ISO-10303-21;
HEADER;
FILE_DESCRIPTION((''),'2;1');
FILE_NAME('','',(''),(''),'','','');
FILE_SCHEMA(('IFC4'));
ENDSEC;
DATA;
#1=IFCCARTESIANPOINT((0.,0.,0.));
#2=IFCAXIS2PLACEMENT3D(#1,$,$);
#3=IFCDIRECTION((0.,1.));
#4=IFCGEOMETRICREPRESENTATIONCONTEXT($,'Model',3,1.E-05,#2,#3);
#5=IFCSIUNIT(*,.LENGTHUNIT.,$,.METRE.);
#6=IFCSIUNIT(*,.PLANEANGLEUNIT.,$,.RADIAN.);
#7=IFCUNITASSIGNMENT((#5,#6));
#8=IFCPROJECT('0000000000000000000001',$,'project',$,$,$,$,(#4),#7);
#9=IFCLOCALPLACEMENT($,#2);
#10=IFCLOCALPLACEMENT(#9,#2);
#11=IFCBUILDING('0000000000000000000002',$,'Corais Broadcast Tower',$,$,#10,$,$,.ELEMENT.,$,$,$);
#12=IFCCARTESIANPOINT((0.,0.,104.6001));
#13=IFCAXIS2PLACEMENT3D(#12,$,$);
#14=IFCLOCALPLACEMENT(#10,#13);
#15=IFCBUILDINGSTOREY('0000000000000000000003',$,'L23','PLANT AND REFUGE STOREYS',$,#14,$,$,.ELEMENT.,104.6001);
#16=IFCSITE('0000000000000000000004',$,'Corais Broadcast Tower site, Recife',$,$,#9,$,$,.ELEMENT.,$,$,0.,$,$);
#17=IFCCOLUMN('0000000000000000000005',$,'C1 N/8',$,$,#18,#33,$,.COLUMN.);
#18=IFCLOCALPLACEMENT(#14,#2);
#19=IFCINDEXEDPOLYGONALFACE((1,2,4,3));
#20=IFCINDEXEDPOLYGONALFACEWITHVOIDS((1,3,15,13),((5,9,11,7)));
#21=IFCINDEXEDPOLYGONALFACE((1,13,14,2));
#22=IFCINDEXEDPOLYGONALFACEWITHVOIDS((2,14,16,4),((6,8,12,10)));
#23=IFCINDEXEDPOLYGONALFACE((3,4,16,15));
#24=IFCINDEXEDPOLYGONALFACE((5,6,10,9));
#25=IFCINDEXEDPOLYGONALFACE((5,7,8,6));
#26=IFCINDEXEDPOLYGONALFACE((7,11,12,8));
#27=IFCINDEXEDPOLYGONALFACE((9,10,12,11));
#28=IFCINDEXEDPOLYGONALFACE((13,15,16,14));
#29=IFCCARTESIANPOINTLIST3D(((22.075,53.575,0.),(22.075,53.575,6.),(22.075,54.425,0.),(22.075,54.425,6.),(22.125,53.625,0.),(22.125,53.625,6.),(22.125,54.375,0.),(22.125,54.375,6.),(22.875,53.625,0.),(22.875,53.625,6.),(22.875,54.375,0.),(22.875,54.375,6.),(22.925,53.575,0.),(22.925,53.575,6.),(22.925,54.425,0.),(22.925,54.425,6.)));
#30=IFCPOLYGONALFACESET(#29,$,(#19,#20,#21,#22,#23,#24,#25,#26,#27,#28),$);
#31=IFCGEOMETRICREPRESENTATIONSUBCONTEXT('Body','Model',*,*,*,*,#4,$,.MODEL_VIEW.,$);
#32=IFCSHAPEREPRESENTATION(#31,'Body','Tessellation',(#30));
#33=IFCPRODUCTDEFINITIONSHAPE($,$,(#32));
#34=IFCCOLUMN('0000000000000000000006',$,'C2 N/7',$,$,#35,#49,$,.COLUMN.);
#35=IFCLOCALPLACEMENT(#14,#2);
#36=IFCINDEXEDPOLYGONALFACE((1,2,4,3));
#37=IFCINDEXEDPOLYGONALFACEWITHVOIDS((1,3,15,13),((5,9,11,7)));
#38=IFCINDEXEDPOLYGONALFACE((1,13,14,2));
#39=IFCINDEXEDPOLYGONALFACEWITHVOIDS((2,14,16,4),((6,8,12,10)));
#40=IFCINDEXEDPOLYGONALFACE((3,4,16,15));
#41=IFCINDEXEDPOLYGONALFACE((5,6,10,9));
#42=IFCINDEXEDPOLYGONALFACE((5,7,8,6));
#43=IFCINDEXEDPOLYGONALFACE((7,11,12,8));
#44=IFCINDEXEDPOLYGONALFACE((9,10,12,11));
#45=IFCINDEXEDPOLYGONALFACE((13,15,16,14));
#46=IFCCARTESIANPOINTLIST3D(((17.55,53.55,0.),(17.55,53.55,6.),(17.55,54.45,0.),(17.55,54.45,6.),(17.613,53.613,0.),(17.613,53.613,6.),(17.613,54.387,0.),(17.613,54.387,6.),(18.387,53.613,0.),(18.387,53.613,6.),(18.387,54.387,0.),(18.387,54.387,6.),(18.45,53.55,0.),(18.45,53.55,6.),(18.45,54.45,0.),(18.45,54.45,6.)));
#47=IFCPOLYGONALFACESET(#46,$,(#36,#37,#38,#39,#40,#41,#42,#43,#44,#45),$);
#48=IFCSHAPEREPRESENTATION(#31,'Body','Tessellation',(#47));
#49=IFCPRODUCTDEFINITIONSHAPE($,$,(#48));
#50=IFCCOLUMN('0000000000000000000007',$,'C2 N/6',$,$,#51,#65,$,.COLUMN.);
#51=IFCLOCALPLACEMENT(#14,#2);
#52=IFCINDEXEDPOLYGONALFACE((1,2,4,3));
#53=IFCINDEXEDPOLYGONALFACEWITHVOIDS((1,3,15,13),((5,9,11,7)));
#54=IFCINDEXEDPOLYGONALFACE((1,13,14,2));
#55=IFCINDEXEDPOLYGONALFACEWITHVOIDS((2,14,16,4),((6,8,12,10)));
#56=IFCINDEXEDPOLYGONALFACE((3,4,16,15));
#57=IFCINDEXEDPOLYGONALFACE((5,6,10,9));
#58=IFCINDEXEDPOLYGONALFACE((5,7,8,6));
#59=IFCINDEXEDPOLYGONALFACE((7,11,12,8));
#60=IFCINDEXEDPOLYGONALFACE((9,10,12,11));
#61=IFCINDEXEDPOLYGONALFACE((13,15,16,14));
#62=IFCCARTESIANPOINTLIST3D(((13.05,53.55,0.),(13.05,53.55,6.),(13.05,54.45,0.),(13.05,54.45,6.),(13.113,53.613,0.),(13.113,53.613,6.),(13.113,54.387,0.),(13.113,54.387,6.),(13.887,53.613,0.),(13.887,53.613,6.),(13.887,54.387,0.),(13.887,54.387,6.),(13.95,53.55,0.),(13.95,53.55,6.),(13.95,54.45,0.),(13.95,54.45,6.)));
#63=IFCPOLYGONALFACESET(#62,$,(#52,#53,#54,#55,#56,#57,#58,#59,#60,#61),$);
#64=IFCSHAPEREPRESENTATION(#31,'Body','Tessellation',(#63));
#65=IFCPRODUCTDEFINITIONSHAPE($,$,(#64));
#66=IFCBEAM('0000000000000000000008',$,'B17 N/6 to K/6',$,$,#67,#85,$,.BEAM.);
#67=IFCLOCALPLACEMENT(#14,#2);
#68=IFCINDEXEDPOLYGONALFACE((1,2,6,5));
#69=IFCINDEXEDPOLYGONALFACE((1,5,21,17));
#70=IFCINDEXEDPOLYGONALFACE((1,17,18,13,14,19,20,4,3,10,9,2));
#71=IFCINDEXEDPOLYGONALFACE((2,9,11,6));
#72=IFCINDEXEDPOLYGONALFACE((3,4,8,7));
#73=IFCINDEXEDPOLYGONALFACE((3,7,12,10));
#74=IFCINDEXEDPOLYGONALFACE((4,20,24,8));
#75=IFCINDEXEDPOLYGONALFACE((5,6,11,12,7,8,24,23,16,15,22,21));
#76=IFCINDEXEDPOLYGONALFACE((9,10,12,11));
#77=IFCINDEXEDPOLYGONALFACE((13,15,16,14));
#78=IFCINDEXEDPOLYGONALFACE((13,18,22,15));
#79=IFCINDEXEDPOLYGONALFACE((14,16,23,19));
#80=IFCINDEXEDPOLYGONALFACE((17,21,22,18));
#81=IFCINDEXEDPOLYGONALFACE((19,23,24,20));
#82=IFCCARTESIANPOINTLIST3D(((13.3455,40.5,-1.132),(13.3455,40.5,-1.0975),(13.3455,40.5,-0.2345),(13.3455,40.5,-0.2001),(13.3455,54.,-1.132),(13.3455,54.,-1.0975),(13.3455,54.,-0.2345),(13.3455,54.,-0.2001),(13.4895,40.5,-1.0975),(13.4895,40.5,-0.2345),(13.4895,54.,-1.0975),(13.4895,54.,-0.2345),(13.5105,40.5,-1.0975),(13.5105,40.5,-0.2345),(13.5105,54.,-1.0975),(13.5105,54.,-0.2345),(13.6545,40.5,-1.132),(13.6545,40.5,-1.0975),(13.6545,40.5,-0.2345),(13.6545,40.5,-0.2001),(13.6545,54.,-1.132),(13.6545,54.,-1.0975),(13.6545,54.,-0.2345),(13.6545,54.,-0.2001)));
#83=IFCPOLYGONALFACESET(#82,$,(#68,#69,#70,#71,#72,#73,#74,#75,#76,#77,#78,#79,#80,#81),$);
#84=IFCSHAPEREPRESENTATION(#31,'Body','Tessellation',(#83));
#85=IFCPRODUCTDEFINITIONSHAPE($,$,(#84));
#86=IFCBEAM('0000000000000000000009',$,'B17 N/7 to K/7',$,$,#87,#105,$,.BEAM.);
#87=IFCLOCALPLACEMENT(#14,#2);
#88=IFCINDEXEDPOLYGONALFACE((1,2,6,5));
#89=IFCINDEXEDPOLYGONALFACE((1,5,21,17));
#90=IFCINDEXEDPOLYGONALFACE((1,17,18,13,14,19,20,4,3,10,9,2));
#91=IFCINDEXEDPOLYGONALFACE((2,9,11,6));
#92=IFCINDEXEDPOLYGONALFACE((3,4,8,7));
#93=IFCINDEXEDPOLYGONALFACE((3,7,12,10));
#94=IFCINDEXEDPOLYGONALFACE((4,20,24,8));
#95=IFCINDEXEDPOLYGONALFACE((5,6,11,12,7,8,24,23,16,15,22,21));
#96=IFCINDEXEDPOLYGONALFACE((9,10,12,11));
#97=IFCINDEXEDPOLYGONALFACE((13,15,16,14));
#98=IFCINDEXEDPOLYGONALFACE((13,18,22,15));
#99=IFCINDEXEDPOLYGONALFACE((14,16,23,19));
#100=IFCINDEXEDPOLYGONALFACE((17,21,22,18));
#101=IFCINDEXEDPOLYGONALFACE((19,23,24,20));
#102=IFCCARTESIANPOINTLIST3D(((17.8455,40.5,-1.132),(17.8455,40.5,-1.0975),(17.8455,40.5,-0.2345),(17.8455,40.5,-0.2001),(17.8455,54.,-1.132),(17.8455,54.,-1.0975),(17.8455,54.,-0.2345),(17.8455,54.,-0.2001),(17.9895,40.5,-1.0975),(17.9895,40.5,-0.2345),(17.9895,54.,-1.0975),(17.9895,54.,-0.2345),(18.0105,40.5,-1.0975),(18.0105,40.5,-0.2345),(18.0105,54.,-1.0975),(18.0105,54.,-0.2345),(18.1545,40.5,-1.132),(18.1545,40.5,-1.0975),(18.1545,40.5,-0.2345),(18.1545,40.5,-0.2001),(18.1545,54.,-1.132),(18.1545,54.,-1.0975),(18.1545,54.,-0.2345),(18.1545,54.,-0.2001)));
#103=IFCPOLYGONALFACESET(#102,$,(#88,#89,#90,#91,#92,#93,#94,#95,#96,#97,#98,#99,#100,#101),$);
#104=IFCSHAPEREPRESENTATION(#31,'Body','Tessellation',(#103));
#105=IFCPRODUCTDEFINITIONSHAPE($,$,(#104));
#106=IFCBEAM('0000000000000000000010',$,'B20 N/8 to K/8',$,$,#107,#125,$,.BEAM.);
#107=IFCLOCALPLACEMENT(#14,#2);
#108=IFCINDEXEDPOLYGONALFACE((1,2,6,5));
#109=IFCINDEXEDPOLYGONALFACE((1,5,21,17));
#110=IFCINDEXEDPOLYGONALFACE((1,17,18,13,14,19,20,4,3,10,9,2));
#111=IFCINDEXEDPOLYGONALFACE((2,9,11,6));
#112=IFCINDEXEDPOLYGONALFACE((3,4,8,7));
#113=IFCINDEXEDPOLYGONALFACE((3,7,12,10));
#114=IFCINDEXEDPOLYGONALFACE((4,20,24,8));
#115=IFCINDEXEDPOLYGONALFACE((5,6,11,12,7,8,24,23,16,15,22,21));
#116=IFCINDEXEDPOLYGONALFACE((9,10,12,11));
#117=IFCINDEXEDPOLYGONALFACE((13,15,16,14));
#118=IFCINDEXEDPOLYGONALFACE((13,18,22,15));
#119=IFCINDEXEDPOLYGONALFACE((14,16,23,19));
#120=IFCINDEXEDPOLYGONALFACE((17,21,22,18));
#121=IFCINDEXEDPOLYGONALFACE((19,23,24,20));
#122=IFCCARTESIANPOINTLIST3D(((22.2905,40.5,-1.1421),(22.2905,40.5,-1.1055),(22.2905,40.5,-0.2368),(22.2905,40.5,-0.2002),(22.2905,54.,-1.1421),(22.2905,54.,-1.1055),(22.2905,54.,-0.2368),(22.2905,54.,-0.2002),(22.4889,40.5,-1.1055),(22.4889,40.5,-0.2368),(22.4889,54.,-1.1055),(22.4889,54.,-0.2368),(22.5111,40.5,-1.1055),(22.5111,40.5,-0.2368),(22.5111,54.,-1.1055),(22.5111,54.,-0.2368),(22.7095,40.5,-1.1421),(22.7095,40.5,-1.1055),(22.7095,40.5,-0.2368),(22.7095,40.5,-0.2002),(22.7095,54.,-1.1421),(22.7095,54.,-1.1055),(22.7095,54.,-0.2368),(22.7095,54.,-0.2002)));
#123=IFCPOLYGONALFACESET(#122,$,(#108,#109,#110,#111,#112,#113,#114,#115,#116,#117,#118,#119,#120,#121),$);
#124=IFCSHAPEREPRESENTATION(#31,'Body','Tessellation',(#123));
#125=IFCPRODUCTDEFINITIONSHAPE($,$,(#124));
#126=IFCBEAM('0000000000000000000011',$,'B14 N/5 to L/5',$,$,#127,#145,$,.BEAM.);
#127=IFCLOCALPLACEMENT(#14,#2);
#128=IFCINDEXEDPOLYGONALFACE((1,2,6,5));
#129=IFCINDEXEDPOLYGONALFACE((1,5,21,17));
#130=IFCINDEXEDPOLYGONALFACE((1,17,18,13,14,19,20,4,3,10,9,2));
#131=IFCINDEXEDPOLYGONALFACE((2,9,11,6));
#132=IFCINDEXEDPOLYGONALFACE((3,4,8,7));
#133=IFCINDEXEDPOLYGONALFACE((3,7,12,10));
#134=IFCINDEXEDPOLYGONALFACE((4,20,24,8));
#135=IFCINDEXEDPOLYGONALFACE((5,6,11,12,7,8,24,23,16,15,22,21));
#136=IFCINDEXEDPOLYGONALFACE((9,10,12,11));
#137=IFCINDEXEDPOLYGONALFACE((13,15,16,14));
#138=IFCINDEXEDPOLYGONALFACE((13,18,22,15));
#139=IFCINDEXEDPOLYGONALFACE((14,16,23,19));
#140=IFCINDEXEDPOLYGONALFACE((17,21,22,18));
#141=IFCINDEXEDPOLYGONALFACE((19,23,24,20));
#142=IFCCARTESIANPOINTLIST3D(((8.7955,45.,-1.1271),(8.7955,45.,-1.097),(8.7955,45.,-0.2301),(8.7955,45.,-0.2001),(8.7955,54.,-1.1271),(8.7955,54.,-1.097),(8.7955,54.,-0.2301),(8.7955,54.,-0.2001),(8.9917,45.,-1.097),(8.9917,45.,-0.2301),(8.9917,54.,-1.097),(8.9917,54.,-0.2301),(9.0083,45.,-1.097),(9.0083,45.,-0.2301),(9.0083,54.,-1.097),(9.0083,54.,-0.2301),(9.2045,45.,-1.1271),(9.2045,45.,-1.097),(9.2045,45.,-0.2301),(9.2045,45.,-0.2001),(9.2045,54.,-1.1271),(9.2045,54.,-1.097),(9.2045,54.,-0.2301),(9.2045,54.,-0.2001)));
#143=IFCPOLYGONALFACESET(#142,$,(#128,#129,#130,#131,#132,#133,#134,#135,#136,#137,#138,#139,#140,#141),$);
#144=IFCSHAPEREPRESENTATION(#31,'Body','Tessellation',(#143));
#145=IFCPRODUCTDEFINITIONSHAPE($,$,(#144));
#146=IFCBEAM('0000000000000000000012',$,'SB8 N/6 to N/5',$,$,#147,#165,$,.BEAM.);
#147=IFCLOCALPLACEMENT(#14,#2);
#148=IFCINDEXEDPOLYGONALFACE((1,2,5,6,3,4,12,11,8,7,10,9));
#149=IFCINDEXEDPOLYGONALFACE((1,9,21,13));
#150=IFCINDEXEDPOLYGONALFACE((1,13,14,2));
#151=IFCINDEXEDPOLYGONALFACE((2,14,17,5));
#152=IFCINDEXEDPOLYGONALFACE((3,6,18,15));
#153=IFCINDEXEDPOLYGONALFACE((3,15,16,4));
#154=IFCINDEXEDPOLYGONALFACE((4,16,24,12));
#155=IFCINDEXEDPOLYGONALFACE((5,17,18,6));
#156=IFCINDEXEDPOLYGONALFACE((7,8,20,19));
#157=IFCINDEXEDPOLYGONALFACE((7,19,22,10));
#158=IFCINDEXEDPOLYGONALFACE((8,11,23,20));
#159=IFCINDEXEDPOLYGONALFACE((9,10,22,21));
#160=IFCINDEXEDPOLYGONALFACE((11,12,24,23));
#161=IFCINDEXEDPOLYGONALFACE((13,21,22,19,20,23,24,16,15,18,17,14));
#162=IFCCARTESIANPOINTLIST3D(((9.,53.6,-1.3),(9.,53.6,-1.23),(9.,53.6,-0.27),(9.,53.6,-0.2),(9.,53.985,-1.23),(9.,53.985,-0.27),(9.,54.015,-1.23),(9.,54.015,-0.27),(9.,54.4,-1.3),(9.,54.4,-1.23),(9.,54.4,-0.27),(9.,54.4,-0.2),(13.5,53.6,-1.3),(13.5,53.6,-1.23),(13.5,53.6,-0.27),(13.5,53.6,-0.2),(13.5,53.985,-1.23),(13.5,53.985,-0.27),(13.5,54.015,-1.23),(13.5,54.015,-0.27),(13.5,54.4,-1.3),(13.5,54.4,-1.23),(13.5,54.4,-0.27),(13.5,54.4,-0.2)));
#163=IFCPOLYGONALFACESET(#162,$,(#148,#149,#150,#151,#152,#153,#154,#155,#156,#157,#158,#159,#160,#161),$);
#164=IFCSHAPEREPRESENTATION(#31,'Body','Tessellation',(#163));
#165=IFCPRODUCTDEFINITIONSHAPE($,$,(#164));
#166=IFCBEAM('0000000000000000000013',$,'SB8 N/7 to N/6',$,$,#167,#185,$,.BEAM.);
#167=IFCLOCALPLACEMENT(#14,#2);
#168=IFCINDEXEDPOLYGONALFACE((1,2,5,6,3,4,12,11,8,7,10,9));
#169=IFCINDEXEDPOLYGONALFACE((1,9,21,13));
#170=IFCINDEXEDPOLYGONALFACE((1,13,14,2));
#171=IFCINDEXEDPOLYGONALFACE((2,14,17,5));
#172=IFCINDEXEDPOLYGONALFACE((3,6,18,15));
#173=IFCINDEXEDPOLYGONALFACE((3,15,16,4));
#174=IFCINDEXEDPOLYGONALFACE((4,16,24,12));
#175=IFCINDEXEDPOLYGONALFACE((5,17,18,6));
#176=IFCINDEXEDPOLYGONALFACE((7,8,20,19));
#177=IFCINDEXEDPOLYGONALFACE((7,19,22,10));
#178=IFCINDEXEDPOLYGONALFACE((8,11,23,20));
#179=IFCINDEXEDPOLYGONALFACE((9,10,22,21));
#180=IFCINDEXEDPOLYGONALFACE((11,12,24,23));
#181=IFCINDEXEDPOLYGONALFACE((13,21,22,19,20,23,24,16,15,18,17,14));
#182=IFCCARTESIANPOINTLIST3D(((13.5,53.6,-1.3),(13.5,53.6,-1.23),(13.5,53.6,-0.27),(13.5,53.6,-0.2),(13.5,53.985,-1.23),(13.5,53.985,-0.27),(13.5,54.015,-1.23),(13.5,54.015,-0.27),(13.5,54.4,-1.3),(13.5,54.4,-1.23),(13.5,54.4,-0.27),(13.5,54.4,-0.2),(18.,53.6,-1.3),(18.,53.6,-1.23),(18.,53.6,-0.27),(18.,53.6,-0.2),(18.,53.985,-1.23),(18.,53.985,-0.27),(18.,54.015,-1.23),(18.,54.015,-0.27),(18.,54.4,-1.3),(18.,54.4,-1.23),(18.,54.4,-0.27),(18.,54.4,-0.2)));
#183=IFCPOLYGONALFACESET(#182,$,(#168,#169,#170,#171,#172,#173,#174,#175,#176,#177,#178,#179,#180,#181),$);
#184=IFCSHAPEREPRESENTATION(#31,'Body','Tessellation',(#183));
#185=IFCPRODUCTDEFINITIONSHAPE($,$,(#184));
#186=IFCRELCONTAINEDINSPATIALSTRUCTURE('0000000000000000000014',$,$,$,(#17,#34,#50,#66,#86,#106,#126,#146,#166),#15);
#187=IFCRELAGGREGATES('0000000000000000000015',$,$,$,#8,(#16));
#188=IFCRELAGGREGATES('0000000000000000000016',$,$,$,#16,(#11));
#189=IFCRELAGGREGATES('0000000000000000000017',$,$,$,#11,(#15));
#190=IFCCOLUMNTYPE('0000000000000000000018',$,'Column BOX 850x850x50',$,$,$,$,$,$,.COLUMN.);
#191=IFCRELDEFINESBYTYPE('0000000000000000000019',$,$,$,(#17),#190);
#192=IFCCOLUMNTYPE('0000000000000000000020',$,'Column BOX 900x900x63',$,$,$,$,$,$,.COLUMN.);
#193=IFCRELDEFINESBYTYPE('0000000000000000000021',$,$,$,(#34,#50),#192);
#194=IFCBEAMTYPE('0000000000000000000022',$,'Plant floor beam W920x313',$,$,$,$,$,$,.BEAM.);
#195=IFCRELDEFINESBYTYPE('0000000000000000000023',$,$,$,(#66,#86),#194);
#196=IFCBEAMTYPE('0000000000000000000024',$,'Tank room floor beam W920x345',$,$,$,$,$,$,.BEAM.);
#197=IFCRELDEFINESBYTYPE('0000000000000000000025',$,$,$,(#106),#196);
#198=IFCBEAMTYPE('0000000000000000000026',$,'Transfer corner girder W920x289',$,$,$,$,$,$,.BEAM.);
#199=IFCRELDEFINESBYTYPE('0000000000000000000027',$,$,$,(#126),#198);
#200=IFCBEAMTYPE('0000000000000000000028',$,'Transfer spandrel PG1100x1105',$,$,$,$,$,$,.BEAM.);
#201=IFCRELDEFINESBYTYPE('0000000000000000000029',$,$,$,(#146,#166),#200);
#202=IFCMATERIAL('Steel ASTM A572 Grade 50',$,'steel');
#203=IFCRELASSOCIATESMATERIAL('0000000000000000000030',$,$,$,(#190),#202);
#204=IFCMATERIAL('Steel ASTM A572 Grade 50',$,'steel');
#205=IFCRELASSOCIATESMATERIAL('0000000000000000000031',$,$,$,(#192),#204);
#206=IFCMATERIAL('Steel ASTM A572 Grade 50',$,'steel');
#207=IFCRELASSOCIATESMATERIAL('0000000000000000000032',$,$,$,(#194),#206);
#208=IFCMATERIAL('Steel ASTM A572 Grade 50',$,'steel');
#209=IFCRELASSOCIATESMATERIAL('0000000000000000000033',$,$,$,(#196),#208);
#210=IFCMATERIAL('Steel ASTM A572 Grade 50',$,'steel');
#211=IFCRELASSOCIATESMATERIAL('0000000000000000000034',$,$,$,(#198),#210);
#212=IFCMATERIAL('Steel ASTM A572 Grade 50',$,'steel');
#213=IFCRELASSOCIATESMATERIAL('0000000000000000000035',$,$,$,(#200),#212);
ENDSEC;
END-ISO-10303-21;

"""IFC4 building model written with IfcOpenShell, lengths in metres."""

from ifc_helpers import new_model, si_unit, direction, frame, origin, origin_2d, place, context, subcontext, project, spatial, hollow_rectangle, i_section, extrude, material, material_profile, profile_set, type_object, element, save


model = new_model("IFC4")

# Units and contexts
model_context = context("Model", 3, precision=1e-05, world=origin(), true_north=direction((0.0, 1.0)))
body_context = subcontext(model_context, "Body", "Model", "MODEL_VIEW")
ifc_project = project(units=[si_unit("LENGTHUNIT", "METRE"), si_unit("PLANEANGLEUNIT", "RADIAN")], contexts=[model_context])

# Site, building, storey
site_placement = place(None, origin())
site = spatial("IfcSite", under=ifc_project, at=site_placement, Name="Corais Broadcast Tower site, Recife", CompositionType="ELEMENT", RefElevation=0.0)
building_placement = place(site_placement, origin())
building = spatial("IfcBuilding", under=site, at=building_placement, Name="Corais Broadcast Tower", CompositionType="ELEMENT")
storey_placement = place(building_placement, frame((0.0, 0.0, 104.6001)))
storey = spatial("IfcBuildingStorey", under=building, at=storey_placement, Name="L23", Description="PLANT AND REFUGE STOREYS", CompositionType="ELEMENT", Elevation=104.6001)

# Columns
ifc_material_1 = material(Name="Steel ASTM A572 Grade 50", Category="steel")
ifc_material_profile_1 = material_profile(ifc_material_1, hollow_rectangle(XDim=0.8501, YDim=0.8501, WallThickness=0.05, at=origin_2d()), Name="BOX 850x850x50")
ifc_profile_set_1 = profile_set([ifc_material_profile_1], Name="Steel ASTM A572 Grade 50")
column_type_1 = type_object("IfcColumnType", Name="Column BOX 850x850x50", PredefinedType="COLUMN", material=ifc_profile_set_1)
column_placement = place(storey_placement, frame((22.5, 54.0, 0.0), z_axis=(0.0, 0.0, 1.0), x_axis=(1.0, 0.0, 0.0)))
element("IfcColumn", 1, at=column_placement, inside=storey, type_object=column_type_1, Name="C1 N/8", PredefinedType="COLUMN", context=body_context, shape_type="SweptSolid", body=[
    extrude(hollow_rectangle(XDim=0.8501, YDim=0.8501, WallThickness=0.05, at=origin_2d()), origin(), (0.0, 0.0, 1.0), 6.0),
])
ifc_material_2 = material(Name="Steel ASTM A572 Grade 50", Category="steel")
ifc_material_profile_2 = material_profile(ifc_material_2, hollow_rectangle(XDim=0.8999, YDim=0.8999, WallThickness=0.063, at=origin_2d()), Name="BOX 900x900x63")
ifc_profile_set_2 = profile_set([ifc_material_profile_2], Name="Steel ASTM A572 Grade 50")
column_type_2 = type_object("IfcColumnType", Name="Column BOX 900x900x63", PredefinedType="COLUMN", material=ifc_profile_set_2)
for number, where, z_axis, x_axis, name in (
    (2, (18.0, 54.0, 0.0), (0.0, 0.0, 1.0), (1.0, 0.0, 0.0), "C2 N/7"),
    (3, (13.5, 54.0, 0.0), (0.0, 0.0, 1.0), (1.0, 0.0, 0.0), "C2 N/6"),
):
    element("IfcColumn", number, at=place(storey_placement, frame(where, z_axis=z_axis, x_axis=x_axis)), inside=storey, type_object=column_type_2, Name=name, PredefinedType="COLUMN", context=body_context, shape_type="SweptSolid", body=[
        extrude(hollow_rectangle(XDim=0.8999, YDim=0.8999, WallThickness=0.063, at=origin_2d()), origin(), (0.0, 0.0, 1.0), 6.0),
    ])

# Beams
ifc_material_3 = material(Name="Steel ASTM A572 Grade 50", Category="steel")
ifc_material_profile_3 = material_profile(ifc_material_3, i_section(OverallWidth=0.3091, OverallDepth=0.9319, WebThickness=0.021, FlangeThickness=0.0344, at=origin_2d()), Name="W920x313")
ifc_profile_set_3 = profile_set([ifc_material_profile_3], Name="Steel ASTM A572 Grade 50")
beam_type_1 = type_object("IfcBeamType", Name="Plant floor beam W920x313", PredefinedType="BEAM", material=ifc_profile_set_3)
for number, where, z_axis, x_axis, name in (
    (4, (13.5, 54.0, -0.666), (0.0, -1.0, 0.0), (1.0, 0.0, 0.0), "B17 N/6 to K/6"),
    (5, (18.0, 54.0, -0.666), (0.0, -1.0, 0.0), (1.0, 0.0, 0.0), "B17 N/7 to K/7"),
):
    element("IfcBeam", number, at=place(storey_placement, frame(where, z_axis=z_axis, x_axis=x_axis)), inside=storey, type_object=beam_type_1, Name=name, PredefinedType="BEAM", context=body_context, shape_type="SweptSolid", body=[
        extrude(i_section(OverallWidth=0.3091, OverallDepth=0.9319, WebThickness=0.021, FlangeThickness=0.0344, at=origin_2d()), origin(), (0.0, 0.0, 1.0), 13.5),
    ])
ifc_material_4 = material(Name="Steel ASTM A572 Grade 50", Category="steel")
ifc_material_profile_4 = material_profile(ifc_material_4, i_section(OverallWidth=0.4189, OverallDepth=0.9419, WebThickness=0.0222, FlangeThickness=0.0366, at=origin_2d()), Name="W920x345")
ifc_profile_set_4 = profile_set([ifc_material_profile_4], Name="Steel ASTM A572 Grade 50")
beam_type_2 = type_object("IfcBeamType", Name="Tank room floor beam W920x345", PredefinedType="BEAM", material=ifc_profile_set_4)
beam_1_placement = place(storey_placement, frame((22.5, 54.0, -0.6711), z_axis=(0.0, -1.0, 0.0), x_axis=(1.0, 0.0, 0.0)))
element("IfcBeam", 6, at=beam_1_placement, inside=storey, type_object=beam_type_2, Name="B20 N/8 to K/8", PredefinedType="BEAM", context=body_context, shape_type="SweptSolid", body=[
    extrude(i_section(OverallWidth=0.4189, OverallDepth=0.9419, WebThickness=0.0222, FlangeThickness=0.0366, at=origin_2d()), origin(), (0.0, 0.0, 1.0), 13.5),
])
ifc_material_5 = material(Name="Steel ASTM A572 Grade 50", Category="steel")
ifc_material_profile_5 = material_profile(ifc_material_5, i_section(OverallWidth=0.4089, OverallDepth=0.927, WebThickness=0.0166, FlangeThickness=0.03, at=origin_2d()), Name="W920x289")
ifc_profile_set_5 = profile_set([ifc_material_profile_5], Name="Steel ASTM A572 Grade 50")
beam_type_3 = type_object("IfcBeamType", Name="Transfer corner girder W920x289", PredefinedType="BEAM", material=ifc_profile_set_5)
beam_2_placement = place(storey_placement, frame((9.0, 54.0, -0.6636), z_axis=(0.0, -1.0, 0.0), x_axis=(1.0, 0.0, 0.0)))
element("IfcBeam", 7, at=beam_2_placement, inside=storey, type_object=beam_type_3, Name="B14 N/5 to L/5", PredefinedType="BEAM", context=body_context, shape_type="SweptSolid", body=[
    extrude(i_section(OverallWidth=0.4089, OverallDepth=0.927, WebThickness=0.0166, FlangeThickness=0.03, at=origin_2d()), origin(), (0.0, 0.0, 1.0), 9.0),
])
ifc_material_6 = material(Name="Steel ASTM A572 Grade 50", Category="steel")
ifc_material_profile_6 = material_profile(ifc_material_6, i_section(OverallWidth=0.8, OverallDepth=1.1001, WebThickness=0.03, FlangeThickness=0.0701, at=origin_2d()), Name="PG1100x1105")
ifc_profile_set_6 = profile_set([ifc_material_profile_6], Name="Steel ASTM A572 Grade 50")
beam_type_4 = type_object("IfcBeamType", Name="Transfer spandrel PG1100x1105", PredefinedType="BEAM", material=ifc_profile_set_6)
for number, where, z_axis, x_axis, name in (
    (8, (13.5, 54.0, -0.75), (-1.0, 0.0, 0.0), (0.0, -1.0, 0.0), "SB8 N/6 to N/5"),
    (9, (18.0, 54.0, -0.75), (-1.0, 0.0, 0.0), (0.0, -1.0, 0.0), "SB8 N/7 to N/6"),
):
    element("IfcBeam", number, at=place(storey_placement, frame(where, z_axis=z_axis, x_axis=x_axis)), inside=storey, type_object=beam_type_4, Name=name, PredefinedType="BEAM", context=body_context, shape_type="SweptSolid", body=[
        extrude(i_section(OverallWidth=0.8, OverallDepth=1.1001, WebThickness=0.03, FlangeThickness=0.0701, at=origin_2d()), origin(), (0.0, 0.0, 1.0), 4.5),
    ])

save(model, "model.ifc")
